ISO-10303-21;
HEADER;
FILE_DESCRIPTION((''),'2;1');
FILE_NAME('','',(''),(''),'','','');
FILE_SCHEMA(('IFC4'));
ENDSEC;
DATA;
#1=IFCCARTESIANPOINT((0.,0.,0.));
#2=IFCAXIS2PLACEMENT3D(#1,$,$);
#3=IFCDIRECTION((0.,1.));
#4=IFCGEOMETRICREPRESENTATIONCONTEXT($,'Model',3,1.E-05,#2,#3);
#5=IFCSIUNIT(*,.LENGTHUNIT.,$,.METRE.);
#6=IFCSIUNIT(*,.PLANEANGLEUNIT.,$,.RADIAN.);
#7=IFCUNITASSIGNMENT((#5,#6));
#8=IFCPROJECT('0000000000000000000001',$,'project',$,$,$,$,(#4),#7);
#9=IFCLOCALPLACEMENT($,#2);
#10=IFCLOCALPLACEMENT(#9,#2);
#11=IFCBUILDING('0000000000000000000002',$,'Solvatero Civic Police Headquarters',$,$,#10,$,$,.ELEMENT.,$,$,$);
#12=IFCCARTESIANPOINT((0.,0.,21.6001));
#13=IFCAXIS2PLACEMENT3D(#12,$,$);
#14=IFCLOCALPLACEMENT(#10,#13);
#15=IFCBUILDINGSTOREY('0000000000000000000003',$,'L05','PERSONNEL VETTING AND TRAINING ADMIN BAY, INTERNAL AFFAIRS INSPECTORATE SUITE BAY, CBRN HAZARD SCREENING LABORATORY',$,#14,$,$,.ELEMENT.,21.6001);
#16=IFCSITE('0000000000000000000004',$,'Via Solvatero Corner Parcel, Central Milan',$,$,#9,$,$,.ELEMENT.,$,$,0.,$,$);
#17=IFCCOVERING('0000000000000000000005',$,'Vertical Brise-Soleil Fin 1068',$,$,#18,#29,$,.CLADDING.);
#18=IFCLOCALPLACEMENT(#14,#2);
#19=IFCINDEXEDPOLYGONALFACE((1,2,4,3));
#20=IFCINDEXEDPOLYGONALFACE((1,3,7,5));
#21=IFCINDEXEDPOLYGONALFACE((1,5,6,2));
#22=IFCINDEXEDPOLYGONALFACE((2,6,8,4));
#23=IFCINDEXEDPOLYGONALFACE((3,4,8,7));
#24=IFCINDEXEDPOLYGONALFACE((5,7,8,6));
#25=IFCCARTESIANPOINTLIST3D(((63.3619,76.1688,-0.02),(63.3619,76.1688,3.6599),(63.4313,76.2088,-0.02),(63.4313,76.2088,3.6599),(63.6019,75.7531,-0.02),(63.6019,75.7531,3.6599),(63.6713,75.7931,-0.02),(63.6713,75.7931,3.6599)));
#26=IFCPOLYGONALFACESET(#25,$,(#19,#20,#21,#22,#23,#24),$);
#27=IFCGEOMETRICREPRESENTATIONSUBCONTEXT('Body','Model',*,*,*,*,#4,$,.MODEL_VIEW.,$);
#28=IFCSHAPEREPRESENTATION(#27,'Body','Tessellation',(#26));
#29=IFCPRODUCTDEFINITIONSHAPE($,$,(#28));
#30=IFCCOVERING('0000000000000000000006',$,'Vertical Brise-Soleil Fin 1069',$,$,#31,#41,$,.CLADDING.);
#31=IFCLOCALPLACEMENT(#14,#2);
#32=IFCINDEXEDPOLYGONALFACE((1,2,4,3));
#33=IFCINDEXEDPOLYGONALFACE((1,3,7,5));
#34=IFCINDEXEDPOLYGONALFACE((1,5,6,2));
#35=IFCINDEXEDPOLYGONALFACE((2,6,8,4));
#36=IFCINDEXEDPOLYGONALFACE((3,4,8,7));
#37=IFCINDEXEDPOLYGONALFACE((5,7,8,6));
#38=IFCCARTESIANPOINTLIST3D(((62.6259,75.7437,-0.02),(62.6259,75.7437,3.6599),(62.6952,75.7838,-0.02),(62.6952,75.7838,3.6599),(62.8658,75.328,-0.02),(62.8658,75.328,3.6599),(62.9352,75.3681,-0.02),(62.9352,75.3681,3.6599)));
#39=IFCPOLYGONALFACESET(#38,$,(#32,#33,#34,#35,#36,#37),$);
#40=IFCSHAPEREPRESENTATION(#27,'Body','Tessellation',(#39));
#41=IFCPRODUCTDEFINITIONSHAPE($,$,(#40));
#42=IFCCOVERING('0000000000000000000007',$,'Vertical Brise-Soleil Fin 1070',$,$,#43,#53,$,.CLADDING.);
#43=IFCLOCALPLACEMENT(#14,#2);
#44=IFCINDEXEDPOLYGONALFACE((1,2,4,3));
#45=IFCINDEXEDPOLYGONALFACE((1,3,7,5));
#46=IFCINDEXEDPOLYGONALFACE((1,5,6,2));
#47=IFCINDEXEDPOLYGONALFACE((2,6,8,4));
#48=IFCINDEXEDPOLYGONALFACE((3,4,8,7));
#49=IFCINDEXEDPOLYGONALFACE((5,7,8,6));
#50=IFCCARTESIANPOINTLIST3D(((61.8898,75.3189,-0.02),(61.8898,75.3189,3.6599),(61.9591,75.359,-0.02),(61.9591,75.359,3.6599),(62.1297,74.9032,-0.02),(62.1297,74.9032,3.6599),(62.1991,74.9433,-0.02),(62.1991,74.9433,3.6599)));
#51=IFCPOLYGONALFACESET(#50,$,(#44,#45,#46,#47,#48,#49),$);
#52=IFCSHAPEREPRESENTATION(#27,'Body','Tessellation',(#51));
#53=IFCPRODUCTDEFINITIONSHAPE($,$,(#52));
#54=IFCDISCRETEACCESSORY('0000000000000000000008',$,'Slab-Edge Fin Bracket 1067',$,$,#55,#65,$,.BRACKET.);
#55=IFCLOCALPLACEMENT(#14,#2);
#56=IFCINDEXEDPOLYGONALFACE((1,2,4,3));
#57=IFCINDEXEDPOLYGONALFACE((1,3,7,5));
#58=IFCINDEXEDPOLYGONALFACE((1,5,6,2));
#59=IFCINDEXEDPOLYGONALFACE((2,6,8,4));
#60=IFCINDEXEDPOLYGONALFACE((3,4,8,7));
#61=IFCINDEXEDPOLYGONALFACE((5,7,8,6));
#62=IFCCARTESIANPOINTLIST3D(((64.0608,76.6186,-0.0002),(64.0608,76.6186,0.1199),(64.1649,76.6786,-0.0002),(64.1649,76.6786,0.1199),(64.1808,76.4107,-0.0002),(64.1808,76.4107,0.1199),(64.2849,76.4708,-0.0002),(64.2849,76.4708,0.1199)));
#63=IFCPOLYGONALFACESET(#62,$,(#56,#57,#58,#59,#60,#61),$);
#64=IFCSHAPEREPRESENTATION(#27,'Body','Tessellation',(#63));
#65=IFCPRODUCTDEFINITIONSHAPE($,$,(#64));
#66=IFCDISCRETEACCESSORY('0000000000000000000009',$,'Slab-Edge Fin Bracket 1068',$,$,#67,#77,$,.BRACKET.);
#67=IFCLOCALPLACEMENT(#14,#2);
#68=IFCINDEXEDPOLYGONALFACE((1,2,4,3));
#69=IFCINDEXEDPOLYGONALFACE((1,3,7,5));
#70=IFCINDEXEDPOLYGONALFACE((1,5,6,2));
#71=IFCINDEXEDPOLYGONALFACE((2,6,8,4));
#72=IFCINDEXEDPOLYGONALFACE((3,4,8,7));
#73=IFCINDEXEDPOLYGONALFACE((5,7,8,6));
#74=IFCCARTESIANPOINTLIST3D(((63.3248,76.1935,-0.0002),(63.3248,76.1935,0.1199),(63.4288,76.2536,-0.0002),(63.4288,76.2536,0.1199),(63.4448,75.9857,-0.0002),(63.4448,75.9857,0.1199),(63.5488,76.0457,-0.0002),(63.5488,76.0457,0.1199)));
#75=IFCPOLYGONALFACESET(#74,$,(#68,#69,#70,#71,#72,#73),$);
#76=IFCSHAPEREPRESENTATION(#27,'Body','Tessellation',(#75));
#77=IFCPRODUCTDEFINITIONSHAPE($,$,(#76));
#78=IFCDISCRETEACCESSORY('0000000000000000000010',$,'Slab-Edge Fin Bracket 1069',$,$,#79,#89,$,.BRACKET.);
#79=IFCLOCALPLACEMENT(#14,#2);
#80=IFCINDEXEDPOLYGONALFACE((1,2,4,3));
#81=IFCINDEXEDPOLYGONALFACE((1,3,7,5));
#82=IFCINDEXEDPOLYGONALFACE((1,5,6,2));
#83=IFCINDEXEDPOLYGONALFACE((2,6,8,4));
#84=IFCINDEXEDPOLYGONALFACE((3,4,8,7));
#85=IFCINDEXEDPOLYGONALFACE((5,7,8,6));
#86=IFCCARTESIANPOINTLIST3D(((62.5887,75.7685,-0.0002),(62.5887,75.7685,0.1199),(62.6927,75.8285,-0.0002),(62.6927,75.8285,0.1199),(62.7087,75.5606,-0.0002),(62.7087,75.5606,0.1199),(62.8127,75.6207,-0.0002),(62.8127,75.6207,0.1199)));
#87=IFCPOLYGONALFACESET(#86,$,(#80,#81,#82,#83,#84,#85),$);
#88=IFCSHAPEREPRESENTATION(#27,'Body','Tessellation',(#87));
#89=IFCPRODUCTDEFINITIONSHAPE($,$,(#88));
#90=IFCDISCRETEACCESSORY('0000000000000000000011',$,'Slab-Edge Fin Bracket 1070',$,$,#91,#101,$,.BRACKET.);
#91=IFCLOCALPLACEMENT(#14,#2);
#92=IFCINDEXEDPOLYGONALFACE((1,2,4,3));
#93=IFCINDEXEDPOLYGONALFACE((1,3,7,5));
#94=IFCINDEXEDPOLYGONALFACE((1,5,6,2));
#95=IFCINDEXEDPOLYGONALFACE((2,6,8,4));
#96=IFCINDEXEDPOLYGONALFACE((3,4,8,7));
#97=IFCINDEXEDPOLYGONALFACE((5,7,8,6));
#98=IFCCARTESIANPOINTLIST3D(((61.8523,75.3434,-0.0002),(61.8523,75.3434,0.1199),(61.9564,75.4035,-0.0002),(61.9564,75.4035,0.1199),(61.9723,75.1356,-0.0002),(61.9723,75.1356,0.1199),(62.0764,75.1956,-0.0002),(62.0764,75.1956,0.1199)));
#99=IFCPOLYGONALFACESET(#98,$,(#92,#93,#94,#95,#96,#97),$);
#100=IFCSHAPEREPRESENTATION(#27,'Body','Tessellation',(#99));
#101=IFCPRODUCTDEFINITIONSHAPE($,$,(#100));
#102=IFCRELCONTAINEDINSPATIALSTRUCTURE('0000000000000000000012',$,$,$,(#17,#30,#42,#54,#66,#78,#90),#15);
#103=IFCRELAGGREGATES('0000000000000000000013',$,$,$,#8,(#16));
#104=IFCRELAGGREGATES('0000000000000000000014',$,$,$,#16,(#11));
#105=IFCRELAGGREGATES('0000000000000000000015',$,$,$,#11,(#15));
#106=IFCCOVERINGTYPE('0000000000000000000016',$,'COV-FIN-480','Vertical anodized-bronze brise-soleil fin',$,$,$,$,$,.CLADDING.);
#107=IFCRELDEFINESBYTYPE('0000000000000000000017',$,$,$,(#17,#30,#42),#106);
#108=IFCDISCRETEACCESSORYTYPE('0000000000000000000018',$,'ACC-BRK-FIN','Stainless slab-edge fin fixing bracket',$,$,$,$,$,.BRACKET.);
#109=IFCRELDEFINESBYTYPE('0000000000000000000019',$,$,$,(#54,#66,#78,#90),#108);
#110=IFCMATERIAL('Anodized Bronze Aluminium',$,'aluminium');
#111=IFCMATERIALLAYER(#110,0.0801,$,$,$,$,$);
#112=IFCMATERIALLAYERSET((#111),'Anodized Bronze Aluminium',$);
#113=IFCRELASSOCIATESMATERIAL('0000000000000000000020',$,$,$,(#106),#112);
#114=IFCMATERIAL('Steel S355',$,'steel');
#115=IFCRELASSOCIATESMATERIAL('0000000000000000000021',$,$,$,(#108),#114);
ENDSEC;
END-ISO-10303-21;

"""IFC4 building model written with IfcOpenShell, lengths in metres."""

from ifc_helpers import new_model, si_unit, direction, frame, origin, origin_2d, place, context, subcontext, project, spatial, rectangle, extrude, material, layer, layer_set, type_object, element, save


model = new_model("IFC4")

# Units and contexts
model_context = context("Model", 3, precision=1e-05, world=origin(), true_north=direction((0.0, 1.0)))
body_context = subcontext(model_context, "Body", "Model", "MODEL_VIEW")
ifc_project = project(units=[si_unit("LENGTHUNIT", "METRE"), si_unit("PLANEANGLEUNIT", "RADIAN")], contexts=[model_context])

# Site, building, storey
site_placement = place(None, origin())
site = spatial("IfcSite", under=ifc_project, at=site_placement, Name="Via Solvatero Corner Parcel, Central Milan", CompositionType="ELEMENT", RefElevation=0.0)
building_placement = place(site_placement, origin())
building = spatial("IfcBuilding", under=site, at=building_placement, Name="Solvatero Civic Police Headquarters", CompositionType="ELEMENT")
storey_placement = place(building_placement, frame((0.0, 0.0, 21.6001)))
storey = spatial("IfcBuildingStorey", under=building, at=storey_placement, Name="L05", Description="PERSONNEL VETTING AND TRAINING ADMIN BAY, INTERNAL AFFAIRS INSPECTORATE SUITE BAY, CBRN HAZARD SCREENING LABORATORY", CompositionType="ELEMENT", Elevation=21.6001)

# Shared definitions
ifc_material_1 = material(Name="Anodized Bronze Aluminium", Category="aluminium")

# Coverings
ifc_layer_1 = layer(ifc_material_1, 0.0801)
ifc_layer_set_1 = layer_set([ifc_layer_1], Name="Anodized Bronze Aluminium")
covering_type = type_object("IfcCoveringType", Name="COV-FIN-480", Description="Vertical anodized-bronze brise-soleil fin", PredefinedType="CLADDING", material=ifc_layer_set_1)
for number, where, z_axis, x_axis, name in (
    (1, (63.5166, 75.981, -0.02), (0.0, 0.0, 1.0), (-0.866034, -0.499985, 0.0), "Vertical Brise-Soleil Fin 1068"),
    (2, (62.7805, 75.5559, -0.02), (0.0, 0.0, 1.0), (-0.866034, -0.499985, 0.0), "Vertical Brise-Soleil Fin 1069"),
    (3, (62.0444, 75.1311, -0.02), (0.0, 0.0, 1.0), (-0.866034, -0.499985, 0.0), "Vertical Brise-Soleil Fin 1070"),
):
    element("IfcCovering", number, at=place(storey_placement, frame(where, z_axis=z_axis, x_axis=x_axis)), inside=storey, type_object=covering_type, Name=name, PredefinedType="CLADDING", context=body_context, shape_type="SweptSolid", body=[
        extrude(rectangle(XDim=0.0801, YDim=0.48, at=origin_2d()), origin(), (0.0, 0.0, 1.0), 3.6799),
    ])

# Discrete accessories
ifc_material_2 = material(Name="Steel S355", Category="steel")
discrete_accessory_type = type_object("IfcDiscreteAccessoryType", Name="ACC-BRK-FIN", Description="Stainless slab-edge fin fixing bracket", PredefinedType="BRACKET", material=ifc_material_2)
for number, where, z_axis, x_axis, name in (
    (4, (64.1729, 76.5447, -0.0002), (0.0, 0.0, 1.0), (-0.866034, -0.499985, 0.0), "Slab-Edge Fin Bracket 1067"),
    (5, (63.4368, 76.1196, -0.0002), (0.0, 0.0, 1.0), (-0.866034, -0.499985, 0.0), "Slab-Edge Fin Bracket 1068"),
    (6, (62.7007, 75.6946, -0.0002), (0.0, 0.0, 1.0), (-0.866034, -0.499985, 0.0), "Slab-Edge Fin Bracket 1069"),
    (7, (61.9644, 75.2695, -0.0002), (0.0, 0.0, 1.0), (-0.866034, -0.499985, 0.0), "Slab-Edge Fin Bracket 1070"),
):
    element("IfcDiscreteAccessory", number, at=place(storey_placement, frame(where, z_axis=z_axis, x_axis=x_axis)), inside=storey, type_object=discrete_accessory_type, Name=name, PredefinedType="BRACKET", context=body_context, shape_type="SweptSolid", body=[
        extrude(rectangle(XDim=0.1201, YDim=0.24, at=origin_2d()), origin(), (0.0, 0.0, 1.0), 0.1201),
    ])

save(model, "model.ifc")
